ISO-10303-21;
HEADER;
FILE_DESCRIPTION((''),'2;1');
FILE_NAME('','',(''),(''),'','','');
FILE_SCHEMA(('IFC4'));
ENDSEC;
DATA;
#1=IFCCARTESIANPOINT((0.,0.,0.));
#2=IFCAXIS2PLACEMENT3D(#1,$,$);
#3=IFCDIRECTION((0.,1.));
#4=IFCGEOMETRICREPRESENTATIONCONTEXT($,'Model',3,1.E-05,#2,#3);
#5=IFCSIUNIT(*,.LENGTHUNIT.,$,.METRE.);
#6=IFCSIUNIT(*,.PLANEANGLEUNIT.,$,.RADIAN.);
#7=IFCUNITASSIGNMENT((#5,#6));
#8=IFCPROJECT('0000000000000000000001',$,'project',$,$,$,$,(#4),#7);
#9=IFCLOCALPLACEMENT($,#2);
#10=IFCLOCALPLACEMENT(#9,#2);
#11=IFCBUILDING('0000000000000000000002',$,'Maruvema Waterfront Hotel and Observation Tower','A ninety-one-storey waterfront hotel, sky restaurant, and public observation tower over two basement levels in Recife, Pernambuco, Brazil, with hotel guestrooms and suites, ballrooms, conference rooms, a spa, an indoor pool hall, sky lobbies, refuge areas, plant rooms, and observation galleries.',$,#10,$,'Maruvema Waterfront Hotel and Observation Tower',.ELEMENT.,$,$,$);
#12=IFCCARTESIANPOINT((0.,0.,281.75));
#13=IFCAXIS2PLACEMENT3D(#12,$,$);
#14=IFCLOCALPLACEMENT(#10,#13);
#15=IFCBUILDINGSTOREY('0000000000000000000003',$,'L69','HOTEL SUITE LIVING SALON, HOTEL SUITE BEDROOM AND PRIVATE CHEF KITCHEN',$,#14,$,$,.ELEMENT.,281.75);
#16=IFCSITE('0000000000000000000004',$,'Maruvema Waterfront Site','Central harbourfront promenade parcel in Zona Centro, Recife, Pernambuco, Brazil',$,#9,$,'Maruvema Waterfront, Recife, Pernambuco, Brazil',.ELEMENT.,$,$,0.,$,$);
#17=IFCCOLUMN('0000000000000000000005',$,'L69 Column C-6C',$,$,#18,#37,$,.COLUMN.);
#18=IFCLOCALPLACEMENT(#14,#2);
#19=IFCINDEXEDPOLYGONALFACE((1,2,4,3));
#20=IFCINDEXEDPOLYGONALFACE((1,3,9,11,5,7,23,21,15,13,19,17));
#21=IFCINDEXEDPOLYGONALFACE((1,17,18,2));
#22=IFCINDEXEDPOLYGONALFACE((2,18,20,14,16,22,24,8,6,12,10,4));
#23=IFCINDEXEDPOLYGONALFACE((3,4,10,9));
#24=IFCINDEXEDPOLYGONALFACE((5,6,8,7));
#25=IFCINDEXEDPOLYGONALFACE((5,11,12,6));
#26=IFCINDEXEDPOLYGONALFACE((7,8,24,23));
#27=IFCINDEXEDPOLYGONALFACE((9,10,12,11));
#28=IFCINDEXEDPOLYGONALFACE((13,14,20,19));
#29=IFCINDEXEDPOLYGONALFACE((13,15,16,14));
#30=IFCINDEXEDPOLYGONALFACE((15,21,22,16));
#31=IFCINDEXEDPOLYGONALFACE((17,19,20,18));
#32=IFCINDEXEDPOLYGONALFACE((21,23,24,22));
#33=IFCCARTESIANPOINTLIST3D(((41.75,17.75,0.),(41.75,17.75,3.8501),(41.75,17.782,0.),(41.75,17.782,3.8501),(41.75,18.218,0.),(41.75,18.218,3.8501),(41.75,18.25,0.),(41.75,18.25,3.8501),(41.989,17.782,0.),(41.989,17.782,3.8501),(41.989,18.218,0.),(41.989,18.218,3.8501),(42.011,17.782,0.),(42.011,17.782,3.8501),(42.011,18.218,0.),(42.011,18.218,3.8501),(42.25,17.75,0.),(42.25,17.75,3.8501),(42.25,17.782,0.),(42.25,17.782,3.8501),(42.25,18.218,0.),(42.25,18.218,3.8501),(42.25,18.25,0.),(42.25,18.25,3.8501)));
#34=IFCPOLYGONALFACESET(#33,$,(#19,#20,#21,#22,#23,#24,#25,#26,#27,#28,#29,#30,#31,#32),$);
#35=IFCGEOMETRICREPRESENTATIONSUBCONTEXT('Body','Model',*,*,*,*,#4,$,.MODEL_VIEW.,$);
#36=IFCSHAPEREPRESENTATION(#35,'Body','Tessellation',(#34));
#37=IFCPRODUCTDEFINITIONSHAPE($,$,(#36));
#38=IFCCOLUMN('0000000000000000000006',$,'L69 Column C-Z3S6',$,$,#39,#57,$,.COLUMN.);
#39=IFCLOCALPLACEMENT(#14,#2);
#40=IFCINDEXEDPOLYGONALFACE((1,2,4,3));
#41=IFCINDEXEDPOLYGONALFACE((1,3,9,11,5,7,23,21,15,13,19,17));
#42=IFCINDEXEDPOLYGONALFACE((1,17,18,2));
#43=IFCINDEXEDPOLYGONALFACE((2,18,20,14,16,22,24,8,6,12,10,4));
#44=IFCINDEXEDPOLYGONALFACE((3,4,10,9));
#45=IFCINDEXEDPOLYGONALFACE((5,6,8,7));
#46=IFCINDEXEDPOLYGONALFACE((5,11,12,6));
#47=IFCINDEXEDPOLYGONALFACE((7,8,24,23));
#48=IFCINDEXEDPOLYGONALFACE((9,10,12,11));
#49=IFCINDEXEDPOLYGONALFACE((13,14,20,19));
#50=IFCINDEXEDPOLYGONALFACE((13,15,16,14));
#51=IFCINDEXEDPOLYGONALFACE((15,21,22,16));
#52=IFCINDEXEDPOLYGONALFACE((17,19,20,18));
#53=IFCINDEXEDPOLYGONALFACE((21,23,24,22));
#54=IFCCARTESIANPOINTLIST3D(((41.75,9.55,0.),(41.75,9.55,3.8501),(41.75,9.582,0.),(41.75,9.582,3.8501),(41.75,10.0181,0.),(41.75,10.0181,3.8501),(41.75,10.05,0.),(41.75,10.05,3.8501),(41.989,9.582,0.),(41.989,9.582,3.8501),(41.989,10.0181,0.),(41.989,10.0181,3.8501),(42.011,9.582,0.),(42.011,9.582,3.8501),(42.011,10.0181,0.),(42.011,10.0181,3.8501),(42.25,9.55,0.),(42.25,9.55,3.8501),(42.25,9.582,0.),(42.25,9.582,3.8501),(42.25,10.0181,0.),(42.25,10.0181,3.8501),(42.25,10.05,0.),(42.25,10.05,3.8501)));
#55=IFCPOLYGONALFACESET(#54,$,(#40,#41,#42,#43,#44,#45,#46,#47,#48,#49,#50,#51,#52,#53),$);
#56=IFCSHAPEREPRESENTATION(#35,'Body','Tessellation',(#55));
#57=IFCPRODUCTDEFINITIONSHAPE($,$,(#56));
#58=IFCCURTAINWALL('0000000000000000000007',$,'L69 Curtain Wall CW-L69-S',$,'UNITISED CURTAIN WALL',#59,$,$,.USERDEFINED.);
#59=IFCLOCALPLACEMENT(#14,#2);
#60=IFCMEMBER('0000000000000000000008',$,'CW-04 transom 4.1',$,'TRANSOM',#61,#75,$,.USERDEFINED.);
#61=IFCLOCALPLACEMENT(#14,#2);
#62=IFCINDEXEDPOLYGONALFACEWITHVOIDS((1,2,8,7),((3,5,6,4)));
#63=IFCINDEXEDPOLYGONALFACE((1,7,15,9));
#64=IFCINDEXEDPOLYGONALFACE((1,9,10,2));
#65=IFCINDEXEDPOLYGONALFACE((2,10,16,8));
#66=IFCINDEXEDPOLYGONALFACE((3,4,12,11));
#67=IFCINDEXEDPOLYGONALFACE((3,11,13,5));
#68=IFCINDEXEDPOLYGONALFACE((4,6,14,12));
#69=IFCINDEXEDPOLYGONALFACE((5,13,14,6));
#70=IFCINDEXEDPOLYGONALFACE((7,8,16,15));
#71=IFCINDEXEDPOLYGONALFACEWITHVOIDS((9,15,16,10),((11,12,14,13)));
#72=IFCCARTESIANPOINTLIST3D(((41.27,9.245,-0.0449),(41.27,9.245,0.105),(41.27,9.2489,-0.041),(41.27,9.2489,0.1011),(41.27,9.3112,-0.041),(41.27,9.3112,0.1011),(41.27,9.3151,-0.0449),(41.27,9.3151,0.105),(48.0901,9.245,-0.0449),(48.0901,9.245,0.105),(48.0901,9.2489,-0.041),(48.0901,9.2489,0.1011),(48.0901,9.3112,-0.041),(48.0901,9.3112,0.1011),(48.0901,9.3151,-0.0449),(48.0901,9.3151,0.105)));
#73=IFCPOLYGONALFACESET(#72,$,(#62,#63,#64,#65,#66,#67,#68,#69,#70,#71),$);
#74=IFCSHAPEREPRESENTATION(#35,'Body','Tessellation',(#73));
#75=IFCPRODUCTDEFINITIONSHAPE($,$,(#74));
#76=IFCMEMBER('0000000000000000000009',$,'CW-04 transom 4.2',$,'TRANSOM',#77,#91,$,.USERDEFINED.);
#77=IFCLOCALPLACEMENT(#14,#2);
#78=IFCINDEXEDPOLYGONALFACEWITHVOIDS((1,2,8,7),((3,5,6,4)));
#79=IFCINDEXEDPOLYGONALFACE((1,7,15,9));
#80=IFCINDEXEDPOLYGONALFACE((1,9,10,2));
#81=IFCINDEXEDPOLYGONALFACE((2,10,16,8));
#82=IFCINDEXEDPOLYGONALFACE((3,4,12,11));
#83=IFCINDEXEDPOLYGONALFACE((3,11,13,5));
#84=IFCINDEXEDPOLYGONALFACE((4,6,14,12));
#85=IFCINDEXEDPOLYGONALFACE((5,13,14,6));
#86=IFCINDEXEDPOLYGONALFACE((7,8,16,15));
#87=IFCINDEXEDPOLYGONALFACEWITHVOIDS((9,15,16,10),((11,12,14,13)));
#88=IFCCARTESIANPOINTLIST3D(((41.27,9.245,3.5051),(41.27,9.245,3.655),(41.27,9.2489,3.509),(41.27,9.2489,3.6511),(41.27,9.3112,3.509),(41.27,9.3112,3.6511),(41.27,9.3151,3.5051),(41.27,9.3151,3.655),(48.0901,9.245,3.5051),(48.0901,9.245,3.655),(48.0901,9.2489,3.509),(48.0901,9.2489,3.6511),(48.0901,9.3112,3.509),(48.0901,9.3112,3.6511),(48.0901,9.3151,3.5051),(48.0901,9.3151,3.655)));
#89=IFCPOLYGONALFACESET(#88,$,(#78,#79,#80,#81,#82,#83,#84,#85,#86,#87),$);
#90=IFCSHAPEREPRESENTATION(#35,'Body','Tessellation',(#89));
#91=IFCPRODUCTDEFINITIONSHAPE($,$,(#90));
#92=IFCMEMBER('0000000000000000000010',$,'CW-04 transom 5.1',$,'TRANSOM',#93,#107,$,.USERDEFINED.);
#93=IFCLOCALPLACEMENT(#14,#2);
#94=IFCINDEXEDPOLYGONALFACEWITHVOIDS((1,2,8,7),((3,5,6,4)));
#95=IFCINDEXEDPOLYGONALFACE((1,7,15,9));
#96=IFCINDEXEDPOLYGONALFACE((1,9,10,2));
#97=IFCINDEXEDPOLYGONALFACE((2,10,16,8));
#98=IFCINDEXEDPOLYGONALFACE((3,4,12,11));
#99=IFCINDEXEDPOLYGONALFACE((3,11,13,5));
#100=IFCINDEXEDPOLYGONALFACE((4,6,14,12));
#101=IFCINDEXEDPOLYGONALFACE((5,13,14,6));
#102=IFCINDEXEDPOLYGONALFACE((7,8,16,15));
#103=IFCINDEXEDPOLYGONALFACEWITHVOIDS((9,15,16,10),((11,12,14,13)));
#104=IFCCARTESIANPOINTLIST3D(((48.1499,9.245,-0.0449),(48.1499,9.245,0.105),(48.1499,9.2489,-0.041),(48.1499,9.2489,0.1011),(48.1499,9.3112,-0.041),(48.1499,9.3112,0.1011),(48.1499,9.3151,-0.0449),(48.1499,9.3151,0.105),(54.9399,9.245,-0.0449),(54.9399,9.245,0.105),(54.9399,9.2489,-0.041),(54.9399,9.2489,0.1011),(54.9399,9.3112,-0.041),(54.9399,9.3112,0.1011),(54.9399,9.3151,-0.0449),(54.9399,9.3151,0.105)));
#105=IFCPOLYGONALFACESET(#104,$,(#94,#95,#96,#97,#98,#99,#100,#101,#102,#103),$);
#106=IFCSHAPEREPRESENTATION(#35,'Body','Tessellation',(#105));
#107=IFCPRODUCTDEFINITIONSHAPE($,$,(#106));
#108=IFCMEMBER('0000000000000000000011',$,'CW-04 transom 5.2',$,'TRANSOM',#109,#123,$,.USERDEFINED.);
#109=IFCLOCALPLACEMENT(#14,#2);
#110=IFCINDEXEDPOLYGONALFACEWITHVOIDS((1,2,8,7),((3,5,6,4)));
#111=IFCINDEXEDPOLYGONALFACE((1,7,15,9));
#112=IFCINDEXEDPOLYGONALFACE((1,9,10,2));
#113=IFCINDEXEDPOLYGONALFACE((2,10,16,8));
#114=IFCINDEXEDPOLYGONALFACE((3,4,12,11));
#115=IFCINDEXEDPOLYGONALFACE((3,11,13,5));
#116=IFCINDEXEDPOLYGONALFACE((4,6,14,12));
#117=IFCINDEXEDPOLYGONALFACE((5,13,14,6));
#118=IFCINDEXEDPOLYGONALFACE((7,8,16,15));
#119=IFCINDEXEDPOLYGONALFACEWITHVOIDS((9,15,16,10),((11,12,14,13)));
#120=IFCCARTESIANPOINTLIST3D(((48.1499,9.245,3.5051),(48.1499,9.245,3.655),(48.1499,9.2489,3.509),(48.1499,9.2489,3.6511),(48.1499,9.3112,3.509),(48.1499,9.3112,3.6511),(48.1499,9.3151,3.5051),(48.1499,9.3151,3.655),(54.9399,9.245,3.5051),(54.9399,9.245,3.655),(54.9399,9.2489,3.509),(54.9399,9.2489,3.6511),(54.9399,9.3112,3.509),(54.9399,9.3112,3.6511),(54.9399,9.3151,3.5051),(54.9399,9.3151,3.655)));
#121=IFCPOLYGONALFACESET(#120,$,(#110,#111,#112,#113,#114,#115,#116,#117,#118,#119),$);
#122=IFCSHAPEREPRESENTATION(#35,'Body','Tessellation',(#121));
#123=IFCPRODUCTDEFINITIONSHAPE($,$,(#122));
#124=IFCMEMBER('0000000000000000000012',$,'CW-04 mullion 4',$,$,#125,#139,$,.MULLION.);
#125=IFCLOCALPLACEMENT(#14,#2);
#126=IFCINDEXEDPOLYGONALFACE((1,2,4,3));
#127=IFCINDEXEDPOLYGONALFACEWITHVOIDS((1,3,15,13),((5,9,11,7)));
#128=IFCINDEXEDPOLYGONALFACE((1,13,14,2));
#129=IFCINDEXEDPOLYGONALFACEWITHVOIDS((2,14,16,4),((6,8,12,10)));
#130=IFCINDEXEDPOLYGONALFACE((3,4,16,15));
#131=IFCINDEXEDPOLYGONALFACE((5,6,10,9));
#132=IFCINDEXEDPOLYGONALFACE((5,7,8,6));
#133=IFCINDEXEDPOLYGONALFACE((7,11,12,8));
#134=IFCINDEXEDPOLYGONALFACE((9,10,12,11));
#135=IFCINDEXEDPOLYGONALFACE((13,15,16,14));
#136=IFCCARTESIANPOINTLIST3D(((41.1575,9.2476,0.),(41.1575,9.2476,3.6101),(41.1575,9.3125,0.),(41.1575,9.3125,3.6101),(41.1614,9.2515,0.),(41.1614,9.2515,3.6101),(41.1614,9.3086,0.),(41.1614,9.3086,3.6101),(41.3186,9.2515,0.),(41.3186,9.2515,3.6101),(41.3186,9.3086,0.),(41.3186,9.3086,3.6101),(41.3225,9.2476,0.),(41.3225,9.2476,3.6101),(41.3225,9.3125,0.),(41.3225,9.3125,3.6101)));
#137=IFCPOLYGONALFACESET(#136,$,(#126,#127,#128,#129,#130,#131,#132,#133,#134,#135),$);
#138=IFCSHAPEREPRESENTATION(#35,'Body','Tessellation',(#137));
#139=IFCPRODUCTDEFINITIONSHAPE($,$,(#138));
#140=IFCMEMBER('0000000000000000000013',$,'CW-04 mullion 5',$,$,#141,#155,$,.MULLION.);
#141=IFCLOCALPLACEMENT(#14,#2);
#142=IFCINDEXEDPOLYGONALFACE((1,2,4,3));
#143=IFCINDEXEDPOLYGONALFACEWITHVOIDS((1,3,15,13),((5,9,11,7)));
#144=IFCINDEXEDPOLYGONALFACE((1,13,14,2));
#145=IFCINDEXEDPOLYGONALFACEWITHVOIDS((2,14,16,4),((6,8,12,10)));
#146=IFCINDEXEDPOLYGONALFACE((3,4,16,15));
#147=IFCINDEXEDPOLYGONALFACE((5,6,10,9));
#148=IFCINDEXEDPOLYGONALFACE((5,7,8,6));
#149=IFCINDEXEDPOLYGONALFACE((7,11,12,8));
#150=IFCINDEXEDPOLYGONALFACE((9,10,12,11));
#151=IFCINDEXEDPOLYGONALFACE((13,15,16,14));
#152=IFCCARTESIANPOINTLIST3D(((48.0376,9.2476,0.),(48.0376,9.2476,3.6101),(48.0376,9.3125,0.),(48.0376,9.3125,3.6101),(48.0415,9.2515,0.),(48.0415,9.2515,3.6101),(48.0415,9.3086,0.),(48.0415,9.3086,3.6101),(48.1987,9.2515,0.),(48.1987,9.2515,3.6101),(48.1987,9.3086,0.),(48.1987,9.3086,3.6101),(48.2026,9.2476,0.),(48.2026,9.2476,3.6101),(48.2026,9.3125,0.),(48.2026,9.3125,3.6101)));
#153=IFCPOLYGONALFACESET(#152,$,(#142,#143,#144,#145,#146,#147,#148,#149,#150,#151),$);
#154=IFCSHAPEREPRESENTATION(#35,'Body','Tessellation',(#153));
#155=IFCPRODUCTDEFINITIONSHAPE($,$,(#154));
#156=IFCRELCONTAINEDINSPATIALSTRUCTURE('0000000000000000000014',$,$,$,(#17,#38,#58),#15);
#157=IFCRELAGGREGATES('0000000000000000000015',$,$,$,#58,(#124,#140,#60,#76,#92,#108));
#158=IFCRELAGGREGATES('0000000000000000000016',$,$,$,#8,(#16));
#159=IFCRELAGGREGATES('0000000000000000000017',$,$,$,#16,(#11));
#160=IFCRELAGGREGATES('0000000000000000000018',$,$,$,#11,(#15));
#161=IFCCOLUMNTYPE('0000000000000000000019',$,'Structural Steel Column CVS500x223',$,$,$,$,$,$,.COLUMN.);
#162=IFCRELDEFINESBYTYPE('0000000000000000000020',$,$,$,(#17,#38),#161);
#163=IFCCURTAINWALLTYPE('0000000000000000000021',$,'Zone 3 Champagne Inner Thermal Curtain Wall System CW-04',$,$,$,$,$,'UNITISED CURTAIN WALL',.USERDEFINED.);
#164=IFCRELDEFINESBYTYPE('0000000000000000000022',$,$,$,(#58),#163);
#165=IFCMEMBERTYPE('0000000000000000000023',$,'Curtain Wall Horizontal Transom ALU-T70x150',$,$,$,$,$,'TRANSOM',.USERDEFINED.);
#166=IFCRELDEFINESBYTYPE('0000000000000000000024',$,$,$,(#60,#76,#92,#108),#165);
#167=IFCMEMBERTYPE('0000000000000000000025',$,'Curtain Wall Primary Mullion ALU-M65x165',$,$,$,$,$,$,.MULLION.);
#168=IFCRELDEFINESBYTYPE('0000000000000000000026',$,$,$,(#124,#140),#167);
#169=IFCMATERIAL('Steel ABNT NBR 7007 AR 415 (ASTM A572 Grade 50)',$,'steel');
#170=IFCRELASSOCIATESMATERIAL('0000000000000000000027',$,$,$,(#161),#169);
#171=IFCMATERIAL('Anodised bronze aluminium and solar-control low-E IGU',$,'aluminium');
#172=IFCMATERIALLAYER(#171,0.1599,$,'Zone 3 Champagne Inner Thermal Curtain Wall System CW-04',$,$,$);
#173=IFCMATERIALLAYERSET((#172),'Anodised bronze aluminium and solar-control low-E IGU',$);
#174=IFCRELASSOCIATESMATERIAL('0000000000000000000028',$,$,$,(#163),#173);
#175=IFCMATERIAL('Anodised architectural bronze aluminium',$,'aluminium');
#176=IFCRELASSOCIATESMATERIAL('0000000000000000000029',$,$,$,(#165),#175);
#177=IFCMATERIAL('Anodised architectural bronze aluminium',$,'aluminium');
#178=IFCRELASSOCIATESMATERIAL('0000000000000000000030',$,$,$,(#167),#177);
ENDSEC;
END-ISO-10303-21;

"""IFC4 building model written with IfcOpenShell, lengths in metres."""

from ifc_helpers import new_model, si_unit, direction, frame, origin, origin_2d, place, context, subcontext, project, spatial, hollow_rectangle, i_section, extrude, material, layer, layer_set, material_profile, profile_set, type_object, element, aggregate, save


model = new_model("IFC4")

# Units and contexts
model_context = context("Model", 3, precision=1e-05, world=origin(), true_north=direction((0.0, 1.0)))
body_context = subcontext(model_context, "Body", "Model", "MODEL_VIEW")
ifc_project = project(units=[si_unit("LENGTHUNIT", "METRE"), si_unit("PLANEANGLEUNIT", "RADIAN")], contexts=[model_context])

# Site, building, storey
site_placement = place(None, origin())
site = spatial("IfcSite", under=ifc_project, at=site_placement, Name="Maruvema Waterfront Site", Description="Central harbourfront promenade parcel in Zona Centro, Recife, Pernambuco, Brazil", LongName="Maruvema Waterfront, Recife, Pernambuco, Brazil", CompositionType="ELEMENT", RefElevation=0.0)
building_placement = place(site_placement, origin())
building = spatial("IfcBuilding", under=site, at=building_placement, Name="Maruvema Waterfront Hotel and Observation Tower", Description="A ninety-one-storey waterfront hotel, sky restaurant, and public observation tower over two basement levels in Recife, Pernambuco, Brazil, with hotel guestrooms and suites, ballrooms, conference rooms, a spa, an indoor pool hall, sky lobbies, refuge areas, plant rooms, and observation galleries.", LongName="Maruvema Waterfront Hotel and Observation Tower", CompositionType="ELEMENT")
storey_placement = place(building_placement, frame((0.0, 0.0, 281.75)))
storey = spatial("IfcBuildingStorey", under=building, at=storey_placement, Name="L69", Description="HOTEL SUITE LIVING SALON, HOTEL SUITE BEDROOM AND PRIVATE CHEF KITCHEN", CompositionType="ELEMENT", Elevation=281.75)

# Columns
ifc_material_1 = material(Name="Steel ABNT NBR 7007 AR 415 (ASTM A572 Grade 50)", Category="steel")
ifc_material_profile_1 = material_profile(ifc_material_1, i_section(OverallWidth=0.5, OverallDepth=0.5, WebThickness=0.022, FlangeThickness=0.032, at=origin_2d()), Name="CVS500x223")
ifc_profile_set_1 = profile_set([ifc_material_profile_1], Name="Steel ABNT NBR 7007 AR 415 (ASTM A572 Grade 50)")
column_type = type_object("IfcColumnType", Name="Structural Steel Column CVS500x223", PredefinedType="COLUMN", material=ifc_profile_set_1)
for number, where, z_axis, x_axis, name in (
    (1, (42.0, 18.0, 0.0), (0.0, 0.0, 1.0), (1.0, 0.0, 0.0), "L69 Column C-6C"),
    (2, (42.0, 9.8, 0.0), (0.0, 0.0, 1.0), (1.0, 0.0, 0.0), "L69 Column C-Z3S6"),
):
    element("IfcColumn", number, at=place(storey_placement, frame(where, z_axis=z_axis, x_axis=x_axis)), inside=storey, type_object=column_type, Name=name, PredefinedType="COLUMN", context=body_context, shape_type="SweptSolid", body=[
        extrude(i_section(OverallWidth=0.5, OverallDepth=0.5, WebThickness=0.022, FlangeThickness=0.032, at=origin_2d()), origin(), (0.0, 0.0, 1.0), 3.8501),
    ])

# Curtain wall, members
ifc_material_2 = material(Name="Anodised bronze aluminium and solar-control low-E IGU", Category="aluminium")
ifc_layer_1 = layer(ifc_material_2, 0.1599, Name="Zone 3 Champagne Inner Thermal Curtain Wall System CW-04")
ifc_layer_set_1 = layer_set([ifc_layer_1], Name="Anodised bronze aluminium and solar-control low-E IGU")
curtain_wall_type = type_object("IfcCurtainWallType", Name="Zone 3 Champagne Inner Thermal Curtain Wall System CW-04", ElementType="UNITISED CURTAIN WALL", PredefinedType="USERDEFINED", material=ifc_layer_set_1)
curtain_wall_placement = place(storey_placement, origin())
curtain_wall = element("IfcCurtainWall", 3, at=curtain_wall_placement, inside=storey, type_object=curtain_wall_type, Name="L69 Curtain Wall CW-L69-S", ObjectType="UNITISED CURTAIN WALL", PredefinedType="USERDEFINED")
ifc_material_3 = material(Name="Anodised architectural bronze aluminium", Category="aluminium")
ifc_material_profile_2 = material_profile(ifc_material_3, hollow_rectangle(XDim=0.0701, YDim=0.1499, WallThickness=0.0039, at=origin_2d()), Name="ALU-T70x150")
ifc_profile_set_2 = profile_set([ifc_material_profile_2], Name="Anodised architectural bronze aluminium")
member_type_1 = type_object("IfcMemberType", Name="Curtain Wall Horizontal Transom ALU-T70x150", ElementType="TRANSOM", PredefinedType="USERDEFINED", material=ifc_profile_set_2)
member_1_placement = place(storey_placement, frame((41.27, 9.28, 0.03), z_axis=(1.0, 0.0, 0.0), x_axis=(0.0, 1.0, 0.0)))
member_1 = element("IfcMember", 4, at=member_1_placement, type_object=member_type_1, Name="CW-04 transom 4.1", ObjectType="TRANSOM", PredefinedType="USERDEFINED", context=body_context, shape_type="SweptSolid", body=[
    extrude(hollow_rectangle(XDim=0.0701, YDim=0.1499, WallThickness=0.0039, at=origin_2d()), origin(), (0.0, 0.0, 1.0), 6.8201),
])
member_2_placement = place(storey_placement, frame((41.27, 9.28, 3.5801), z_axis=(1.0, 0.0, 0.0), x_axis=(0.0, 1.0, 0.0)))
member_2 = element("IfcMember", 5, at=member_2_placement, type_object=member_type_1, Name="CW-04 transom 4.2", ObjectType="TRANSOM", PredefinedType="USERDEFINED", context=body_context, shape_type="SweptSolid", body=[
    extrude(hollow_rectangle(XDim=0.0701, YDim=0.1499, WallThickness=0.0039, at=origin_2d()), origin(), (0.0, 0.0, 1.0), 6.8201),
])
member_3_placement = place(storey_placement, frame((48.1499, 9.28, 0.03), z_axis=(1.0, 0.0, 0.0), x_axis=(0.0, 1.0, 0.0)))
member_3 = element("IfcMember", 6, at=member_3_placement, type_object=member_type_1, Name="CW-04 transom 5.1", ObjectType="TRANSOM", PredefinedType="USERDEFINED", context=body_context, shape_type="SweptSolid", body=[
    extrude(hollow_rectangle(XDim=0.0701, YDim=0.1499, WallThickness=0.0039, at=origin_2d()), origin(), (0.0, 0.0, 1.0), 6.79),
])
member_4_placement = place(storey_placement, frame((48.1499, 9.28, 3.5801), z_axis=(1.0, 0.0, 0.0), x_axis=(0.0, 1.0, 0.0)))
member_4 = element("IfcMember", 7, at=member_4_placement, type_object=member_type_1, Name="CW-04 transom 5.2", ObjectType="TRANSOM", PredefinedType="USERDEFINED", context=body_context, shape_type="SweptSolid", body=[
    extrude(hollow_rectangle(XDim=0.0701, YDim=0.1499, WallThickness=0.0039, at=origin_2d()), origin(), (0.0, 0.0, 1.0), 6.79),
])
ifc_material_4 = material(Name="Anodised architectural bronze aluminium", Category="aluminium")
ifc_material_profile_3 = material_profile(ifc_material_4, hollow_rectangle(XDim=0.0649, YDim=0.165, WallThickness=0.0039, at=origin_2d()), Name="ALU-M65x165")
ifc_profile_set_3 = profile_set([ifc_material_profile_3], Name="Anodised architectural bronze aluminium")
member_type_2 = type_object("IfcMemberType", Name="Curtain Wall Primary Mullion ALU-M65x165", PredefinedType="MULLION", material=ifc_profile_set_3)
member_5_placement = place(storey_placement, frame((41.24, 9.28, 0.0), z_axis=(0.0, 0.0, 1.0), x_axis=(0.0, 1.0, 0.0)))
member_5 = element("IfcMember", 8, at=member_5_placement, type_object=member_type_2, Name="CW-04 mullion 4", PredefinedType="MULLION", context=body_context, shape_type="SweptSolid", body=[
    extrude(hollow_rectangle(XDim=0.0649, YDim=0.165, WallThickness=0.0039, at=origin_2d()), origin(), (0.0, 0.0, 1.0), 3.6101),
])
member_6_placement = place(storey_placement, frame((48.1201, 9.28, 0.0), z_axis=(0.0, 0.0, 1.0), x_axis=(0.0, 1.0, 0.0)))
member_6 = element("IfcMember", 9, at=member_6_placement, type_object=member_type_2, Name="CW-04 mullion 5", PredefinedType="MULLION", context=body_context, shape_type="SweptSolid", body=[
    extrude(hollow_rectangle(XDim=0.0649, YDim=0.165, WallThickness=0.0039, at=origin_2d()), origin(), (0.0, 0.0, 1.0), 3.6101),
])

aggregate(curtain_wall, [member_5, member_6, member_1, member_2, member_3, member_4])

save(model, "model.ifc")
